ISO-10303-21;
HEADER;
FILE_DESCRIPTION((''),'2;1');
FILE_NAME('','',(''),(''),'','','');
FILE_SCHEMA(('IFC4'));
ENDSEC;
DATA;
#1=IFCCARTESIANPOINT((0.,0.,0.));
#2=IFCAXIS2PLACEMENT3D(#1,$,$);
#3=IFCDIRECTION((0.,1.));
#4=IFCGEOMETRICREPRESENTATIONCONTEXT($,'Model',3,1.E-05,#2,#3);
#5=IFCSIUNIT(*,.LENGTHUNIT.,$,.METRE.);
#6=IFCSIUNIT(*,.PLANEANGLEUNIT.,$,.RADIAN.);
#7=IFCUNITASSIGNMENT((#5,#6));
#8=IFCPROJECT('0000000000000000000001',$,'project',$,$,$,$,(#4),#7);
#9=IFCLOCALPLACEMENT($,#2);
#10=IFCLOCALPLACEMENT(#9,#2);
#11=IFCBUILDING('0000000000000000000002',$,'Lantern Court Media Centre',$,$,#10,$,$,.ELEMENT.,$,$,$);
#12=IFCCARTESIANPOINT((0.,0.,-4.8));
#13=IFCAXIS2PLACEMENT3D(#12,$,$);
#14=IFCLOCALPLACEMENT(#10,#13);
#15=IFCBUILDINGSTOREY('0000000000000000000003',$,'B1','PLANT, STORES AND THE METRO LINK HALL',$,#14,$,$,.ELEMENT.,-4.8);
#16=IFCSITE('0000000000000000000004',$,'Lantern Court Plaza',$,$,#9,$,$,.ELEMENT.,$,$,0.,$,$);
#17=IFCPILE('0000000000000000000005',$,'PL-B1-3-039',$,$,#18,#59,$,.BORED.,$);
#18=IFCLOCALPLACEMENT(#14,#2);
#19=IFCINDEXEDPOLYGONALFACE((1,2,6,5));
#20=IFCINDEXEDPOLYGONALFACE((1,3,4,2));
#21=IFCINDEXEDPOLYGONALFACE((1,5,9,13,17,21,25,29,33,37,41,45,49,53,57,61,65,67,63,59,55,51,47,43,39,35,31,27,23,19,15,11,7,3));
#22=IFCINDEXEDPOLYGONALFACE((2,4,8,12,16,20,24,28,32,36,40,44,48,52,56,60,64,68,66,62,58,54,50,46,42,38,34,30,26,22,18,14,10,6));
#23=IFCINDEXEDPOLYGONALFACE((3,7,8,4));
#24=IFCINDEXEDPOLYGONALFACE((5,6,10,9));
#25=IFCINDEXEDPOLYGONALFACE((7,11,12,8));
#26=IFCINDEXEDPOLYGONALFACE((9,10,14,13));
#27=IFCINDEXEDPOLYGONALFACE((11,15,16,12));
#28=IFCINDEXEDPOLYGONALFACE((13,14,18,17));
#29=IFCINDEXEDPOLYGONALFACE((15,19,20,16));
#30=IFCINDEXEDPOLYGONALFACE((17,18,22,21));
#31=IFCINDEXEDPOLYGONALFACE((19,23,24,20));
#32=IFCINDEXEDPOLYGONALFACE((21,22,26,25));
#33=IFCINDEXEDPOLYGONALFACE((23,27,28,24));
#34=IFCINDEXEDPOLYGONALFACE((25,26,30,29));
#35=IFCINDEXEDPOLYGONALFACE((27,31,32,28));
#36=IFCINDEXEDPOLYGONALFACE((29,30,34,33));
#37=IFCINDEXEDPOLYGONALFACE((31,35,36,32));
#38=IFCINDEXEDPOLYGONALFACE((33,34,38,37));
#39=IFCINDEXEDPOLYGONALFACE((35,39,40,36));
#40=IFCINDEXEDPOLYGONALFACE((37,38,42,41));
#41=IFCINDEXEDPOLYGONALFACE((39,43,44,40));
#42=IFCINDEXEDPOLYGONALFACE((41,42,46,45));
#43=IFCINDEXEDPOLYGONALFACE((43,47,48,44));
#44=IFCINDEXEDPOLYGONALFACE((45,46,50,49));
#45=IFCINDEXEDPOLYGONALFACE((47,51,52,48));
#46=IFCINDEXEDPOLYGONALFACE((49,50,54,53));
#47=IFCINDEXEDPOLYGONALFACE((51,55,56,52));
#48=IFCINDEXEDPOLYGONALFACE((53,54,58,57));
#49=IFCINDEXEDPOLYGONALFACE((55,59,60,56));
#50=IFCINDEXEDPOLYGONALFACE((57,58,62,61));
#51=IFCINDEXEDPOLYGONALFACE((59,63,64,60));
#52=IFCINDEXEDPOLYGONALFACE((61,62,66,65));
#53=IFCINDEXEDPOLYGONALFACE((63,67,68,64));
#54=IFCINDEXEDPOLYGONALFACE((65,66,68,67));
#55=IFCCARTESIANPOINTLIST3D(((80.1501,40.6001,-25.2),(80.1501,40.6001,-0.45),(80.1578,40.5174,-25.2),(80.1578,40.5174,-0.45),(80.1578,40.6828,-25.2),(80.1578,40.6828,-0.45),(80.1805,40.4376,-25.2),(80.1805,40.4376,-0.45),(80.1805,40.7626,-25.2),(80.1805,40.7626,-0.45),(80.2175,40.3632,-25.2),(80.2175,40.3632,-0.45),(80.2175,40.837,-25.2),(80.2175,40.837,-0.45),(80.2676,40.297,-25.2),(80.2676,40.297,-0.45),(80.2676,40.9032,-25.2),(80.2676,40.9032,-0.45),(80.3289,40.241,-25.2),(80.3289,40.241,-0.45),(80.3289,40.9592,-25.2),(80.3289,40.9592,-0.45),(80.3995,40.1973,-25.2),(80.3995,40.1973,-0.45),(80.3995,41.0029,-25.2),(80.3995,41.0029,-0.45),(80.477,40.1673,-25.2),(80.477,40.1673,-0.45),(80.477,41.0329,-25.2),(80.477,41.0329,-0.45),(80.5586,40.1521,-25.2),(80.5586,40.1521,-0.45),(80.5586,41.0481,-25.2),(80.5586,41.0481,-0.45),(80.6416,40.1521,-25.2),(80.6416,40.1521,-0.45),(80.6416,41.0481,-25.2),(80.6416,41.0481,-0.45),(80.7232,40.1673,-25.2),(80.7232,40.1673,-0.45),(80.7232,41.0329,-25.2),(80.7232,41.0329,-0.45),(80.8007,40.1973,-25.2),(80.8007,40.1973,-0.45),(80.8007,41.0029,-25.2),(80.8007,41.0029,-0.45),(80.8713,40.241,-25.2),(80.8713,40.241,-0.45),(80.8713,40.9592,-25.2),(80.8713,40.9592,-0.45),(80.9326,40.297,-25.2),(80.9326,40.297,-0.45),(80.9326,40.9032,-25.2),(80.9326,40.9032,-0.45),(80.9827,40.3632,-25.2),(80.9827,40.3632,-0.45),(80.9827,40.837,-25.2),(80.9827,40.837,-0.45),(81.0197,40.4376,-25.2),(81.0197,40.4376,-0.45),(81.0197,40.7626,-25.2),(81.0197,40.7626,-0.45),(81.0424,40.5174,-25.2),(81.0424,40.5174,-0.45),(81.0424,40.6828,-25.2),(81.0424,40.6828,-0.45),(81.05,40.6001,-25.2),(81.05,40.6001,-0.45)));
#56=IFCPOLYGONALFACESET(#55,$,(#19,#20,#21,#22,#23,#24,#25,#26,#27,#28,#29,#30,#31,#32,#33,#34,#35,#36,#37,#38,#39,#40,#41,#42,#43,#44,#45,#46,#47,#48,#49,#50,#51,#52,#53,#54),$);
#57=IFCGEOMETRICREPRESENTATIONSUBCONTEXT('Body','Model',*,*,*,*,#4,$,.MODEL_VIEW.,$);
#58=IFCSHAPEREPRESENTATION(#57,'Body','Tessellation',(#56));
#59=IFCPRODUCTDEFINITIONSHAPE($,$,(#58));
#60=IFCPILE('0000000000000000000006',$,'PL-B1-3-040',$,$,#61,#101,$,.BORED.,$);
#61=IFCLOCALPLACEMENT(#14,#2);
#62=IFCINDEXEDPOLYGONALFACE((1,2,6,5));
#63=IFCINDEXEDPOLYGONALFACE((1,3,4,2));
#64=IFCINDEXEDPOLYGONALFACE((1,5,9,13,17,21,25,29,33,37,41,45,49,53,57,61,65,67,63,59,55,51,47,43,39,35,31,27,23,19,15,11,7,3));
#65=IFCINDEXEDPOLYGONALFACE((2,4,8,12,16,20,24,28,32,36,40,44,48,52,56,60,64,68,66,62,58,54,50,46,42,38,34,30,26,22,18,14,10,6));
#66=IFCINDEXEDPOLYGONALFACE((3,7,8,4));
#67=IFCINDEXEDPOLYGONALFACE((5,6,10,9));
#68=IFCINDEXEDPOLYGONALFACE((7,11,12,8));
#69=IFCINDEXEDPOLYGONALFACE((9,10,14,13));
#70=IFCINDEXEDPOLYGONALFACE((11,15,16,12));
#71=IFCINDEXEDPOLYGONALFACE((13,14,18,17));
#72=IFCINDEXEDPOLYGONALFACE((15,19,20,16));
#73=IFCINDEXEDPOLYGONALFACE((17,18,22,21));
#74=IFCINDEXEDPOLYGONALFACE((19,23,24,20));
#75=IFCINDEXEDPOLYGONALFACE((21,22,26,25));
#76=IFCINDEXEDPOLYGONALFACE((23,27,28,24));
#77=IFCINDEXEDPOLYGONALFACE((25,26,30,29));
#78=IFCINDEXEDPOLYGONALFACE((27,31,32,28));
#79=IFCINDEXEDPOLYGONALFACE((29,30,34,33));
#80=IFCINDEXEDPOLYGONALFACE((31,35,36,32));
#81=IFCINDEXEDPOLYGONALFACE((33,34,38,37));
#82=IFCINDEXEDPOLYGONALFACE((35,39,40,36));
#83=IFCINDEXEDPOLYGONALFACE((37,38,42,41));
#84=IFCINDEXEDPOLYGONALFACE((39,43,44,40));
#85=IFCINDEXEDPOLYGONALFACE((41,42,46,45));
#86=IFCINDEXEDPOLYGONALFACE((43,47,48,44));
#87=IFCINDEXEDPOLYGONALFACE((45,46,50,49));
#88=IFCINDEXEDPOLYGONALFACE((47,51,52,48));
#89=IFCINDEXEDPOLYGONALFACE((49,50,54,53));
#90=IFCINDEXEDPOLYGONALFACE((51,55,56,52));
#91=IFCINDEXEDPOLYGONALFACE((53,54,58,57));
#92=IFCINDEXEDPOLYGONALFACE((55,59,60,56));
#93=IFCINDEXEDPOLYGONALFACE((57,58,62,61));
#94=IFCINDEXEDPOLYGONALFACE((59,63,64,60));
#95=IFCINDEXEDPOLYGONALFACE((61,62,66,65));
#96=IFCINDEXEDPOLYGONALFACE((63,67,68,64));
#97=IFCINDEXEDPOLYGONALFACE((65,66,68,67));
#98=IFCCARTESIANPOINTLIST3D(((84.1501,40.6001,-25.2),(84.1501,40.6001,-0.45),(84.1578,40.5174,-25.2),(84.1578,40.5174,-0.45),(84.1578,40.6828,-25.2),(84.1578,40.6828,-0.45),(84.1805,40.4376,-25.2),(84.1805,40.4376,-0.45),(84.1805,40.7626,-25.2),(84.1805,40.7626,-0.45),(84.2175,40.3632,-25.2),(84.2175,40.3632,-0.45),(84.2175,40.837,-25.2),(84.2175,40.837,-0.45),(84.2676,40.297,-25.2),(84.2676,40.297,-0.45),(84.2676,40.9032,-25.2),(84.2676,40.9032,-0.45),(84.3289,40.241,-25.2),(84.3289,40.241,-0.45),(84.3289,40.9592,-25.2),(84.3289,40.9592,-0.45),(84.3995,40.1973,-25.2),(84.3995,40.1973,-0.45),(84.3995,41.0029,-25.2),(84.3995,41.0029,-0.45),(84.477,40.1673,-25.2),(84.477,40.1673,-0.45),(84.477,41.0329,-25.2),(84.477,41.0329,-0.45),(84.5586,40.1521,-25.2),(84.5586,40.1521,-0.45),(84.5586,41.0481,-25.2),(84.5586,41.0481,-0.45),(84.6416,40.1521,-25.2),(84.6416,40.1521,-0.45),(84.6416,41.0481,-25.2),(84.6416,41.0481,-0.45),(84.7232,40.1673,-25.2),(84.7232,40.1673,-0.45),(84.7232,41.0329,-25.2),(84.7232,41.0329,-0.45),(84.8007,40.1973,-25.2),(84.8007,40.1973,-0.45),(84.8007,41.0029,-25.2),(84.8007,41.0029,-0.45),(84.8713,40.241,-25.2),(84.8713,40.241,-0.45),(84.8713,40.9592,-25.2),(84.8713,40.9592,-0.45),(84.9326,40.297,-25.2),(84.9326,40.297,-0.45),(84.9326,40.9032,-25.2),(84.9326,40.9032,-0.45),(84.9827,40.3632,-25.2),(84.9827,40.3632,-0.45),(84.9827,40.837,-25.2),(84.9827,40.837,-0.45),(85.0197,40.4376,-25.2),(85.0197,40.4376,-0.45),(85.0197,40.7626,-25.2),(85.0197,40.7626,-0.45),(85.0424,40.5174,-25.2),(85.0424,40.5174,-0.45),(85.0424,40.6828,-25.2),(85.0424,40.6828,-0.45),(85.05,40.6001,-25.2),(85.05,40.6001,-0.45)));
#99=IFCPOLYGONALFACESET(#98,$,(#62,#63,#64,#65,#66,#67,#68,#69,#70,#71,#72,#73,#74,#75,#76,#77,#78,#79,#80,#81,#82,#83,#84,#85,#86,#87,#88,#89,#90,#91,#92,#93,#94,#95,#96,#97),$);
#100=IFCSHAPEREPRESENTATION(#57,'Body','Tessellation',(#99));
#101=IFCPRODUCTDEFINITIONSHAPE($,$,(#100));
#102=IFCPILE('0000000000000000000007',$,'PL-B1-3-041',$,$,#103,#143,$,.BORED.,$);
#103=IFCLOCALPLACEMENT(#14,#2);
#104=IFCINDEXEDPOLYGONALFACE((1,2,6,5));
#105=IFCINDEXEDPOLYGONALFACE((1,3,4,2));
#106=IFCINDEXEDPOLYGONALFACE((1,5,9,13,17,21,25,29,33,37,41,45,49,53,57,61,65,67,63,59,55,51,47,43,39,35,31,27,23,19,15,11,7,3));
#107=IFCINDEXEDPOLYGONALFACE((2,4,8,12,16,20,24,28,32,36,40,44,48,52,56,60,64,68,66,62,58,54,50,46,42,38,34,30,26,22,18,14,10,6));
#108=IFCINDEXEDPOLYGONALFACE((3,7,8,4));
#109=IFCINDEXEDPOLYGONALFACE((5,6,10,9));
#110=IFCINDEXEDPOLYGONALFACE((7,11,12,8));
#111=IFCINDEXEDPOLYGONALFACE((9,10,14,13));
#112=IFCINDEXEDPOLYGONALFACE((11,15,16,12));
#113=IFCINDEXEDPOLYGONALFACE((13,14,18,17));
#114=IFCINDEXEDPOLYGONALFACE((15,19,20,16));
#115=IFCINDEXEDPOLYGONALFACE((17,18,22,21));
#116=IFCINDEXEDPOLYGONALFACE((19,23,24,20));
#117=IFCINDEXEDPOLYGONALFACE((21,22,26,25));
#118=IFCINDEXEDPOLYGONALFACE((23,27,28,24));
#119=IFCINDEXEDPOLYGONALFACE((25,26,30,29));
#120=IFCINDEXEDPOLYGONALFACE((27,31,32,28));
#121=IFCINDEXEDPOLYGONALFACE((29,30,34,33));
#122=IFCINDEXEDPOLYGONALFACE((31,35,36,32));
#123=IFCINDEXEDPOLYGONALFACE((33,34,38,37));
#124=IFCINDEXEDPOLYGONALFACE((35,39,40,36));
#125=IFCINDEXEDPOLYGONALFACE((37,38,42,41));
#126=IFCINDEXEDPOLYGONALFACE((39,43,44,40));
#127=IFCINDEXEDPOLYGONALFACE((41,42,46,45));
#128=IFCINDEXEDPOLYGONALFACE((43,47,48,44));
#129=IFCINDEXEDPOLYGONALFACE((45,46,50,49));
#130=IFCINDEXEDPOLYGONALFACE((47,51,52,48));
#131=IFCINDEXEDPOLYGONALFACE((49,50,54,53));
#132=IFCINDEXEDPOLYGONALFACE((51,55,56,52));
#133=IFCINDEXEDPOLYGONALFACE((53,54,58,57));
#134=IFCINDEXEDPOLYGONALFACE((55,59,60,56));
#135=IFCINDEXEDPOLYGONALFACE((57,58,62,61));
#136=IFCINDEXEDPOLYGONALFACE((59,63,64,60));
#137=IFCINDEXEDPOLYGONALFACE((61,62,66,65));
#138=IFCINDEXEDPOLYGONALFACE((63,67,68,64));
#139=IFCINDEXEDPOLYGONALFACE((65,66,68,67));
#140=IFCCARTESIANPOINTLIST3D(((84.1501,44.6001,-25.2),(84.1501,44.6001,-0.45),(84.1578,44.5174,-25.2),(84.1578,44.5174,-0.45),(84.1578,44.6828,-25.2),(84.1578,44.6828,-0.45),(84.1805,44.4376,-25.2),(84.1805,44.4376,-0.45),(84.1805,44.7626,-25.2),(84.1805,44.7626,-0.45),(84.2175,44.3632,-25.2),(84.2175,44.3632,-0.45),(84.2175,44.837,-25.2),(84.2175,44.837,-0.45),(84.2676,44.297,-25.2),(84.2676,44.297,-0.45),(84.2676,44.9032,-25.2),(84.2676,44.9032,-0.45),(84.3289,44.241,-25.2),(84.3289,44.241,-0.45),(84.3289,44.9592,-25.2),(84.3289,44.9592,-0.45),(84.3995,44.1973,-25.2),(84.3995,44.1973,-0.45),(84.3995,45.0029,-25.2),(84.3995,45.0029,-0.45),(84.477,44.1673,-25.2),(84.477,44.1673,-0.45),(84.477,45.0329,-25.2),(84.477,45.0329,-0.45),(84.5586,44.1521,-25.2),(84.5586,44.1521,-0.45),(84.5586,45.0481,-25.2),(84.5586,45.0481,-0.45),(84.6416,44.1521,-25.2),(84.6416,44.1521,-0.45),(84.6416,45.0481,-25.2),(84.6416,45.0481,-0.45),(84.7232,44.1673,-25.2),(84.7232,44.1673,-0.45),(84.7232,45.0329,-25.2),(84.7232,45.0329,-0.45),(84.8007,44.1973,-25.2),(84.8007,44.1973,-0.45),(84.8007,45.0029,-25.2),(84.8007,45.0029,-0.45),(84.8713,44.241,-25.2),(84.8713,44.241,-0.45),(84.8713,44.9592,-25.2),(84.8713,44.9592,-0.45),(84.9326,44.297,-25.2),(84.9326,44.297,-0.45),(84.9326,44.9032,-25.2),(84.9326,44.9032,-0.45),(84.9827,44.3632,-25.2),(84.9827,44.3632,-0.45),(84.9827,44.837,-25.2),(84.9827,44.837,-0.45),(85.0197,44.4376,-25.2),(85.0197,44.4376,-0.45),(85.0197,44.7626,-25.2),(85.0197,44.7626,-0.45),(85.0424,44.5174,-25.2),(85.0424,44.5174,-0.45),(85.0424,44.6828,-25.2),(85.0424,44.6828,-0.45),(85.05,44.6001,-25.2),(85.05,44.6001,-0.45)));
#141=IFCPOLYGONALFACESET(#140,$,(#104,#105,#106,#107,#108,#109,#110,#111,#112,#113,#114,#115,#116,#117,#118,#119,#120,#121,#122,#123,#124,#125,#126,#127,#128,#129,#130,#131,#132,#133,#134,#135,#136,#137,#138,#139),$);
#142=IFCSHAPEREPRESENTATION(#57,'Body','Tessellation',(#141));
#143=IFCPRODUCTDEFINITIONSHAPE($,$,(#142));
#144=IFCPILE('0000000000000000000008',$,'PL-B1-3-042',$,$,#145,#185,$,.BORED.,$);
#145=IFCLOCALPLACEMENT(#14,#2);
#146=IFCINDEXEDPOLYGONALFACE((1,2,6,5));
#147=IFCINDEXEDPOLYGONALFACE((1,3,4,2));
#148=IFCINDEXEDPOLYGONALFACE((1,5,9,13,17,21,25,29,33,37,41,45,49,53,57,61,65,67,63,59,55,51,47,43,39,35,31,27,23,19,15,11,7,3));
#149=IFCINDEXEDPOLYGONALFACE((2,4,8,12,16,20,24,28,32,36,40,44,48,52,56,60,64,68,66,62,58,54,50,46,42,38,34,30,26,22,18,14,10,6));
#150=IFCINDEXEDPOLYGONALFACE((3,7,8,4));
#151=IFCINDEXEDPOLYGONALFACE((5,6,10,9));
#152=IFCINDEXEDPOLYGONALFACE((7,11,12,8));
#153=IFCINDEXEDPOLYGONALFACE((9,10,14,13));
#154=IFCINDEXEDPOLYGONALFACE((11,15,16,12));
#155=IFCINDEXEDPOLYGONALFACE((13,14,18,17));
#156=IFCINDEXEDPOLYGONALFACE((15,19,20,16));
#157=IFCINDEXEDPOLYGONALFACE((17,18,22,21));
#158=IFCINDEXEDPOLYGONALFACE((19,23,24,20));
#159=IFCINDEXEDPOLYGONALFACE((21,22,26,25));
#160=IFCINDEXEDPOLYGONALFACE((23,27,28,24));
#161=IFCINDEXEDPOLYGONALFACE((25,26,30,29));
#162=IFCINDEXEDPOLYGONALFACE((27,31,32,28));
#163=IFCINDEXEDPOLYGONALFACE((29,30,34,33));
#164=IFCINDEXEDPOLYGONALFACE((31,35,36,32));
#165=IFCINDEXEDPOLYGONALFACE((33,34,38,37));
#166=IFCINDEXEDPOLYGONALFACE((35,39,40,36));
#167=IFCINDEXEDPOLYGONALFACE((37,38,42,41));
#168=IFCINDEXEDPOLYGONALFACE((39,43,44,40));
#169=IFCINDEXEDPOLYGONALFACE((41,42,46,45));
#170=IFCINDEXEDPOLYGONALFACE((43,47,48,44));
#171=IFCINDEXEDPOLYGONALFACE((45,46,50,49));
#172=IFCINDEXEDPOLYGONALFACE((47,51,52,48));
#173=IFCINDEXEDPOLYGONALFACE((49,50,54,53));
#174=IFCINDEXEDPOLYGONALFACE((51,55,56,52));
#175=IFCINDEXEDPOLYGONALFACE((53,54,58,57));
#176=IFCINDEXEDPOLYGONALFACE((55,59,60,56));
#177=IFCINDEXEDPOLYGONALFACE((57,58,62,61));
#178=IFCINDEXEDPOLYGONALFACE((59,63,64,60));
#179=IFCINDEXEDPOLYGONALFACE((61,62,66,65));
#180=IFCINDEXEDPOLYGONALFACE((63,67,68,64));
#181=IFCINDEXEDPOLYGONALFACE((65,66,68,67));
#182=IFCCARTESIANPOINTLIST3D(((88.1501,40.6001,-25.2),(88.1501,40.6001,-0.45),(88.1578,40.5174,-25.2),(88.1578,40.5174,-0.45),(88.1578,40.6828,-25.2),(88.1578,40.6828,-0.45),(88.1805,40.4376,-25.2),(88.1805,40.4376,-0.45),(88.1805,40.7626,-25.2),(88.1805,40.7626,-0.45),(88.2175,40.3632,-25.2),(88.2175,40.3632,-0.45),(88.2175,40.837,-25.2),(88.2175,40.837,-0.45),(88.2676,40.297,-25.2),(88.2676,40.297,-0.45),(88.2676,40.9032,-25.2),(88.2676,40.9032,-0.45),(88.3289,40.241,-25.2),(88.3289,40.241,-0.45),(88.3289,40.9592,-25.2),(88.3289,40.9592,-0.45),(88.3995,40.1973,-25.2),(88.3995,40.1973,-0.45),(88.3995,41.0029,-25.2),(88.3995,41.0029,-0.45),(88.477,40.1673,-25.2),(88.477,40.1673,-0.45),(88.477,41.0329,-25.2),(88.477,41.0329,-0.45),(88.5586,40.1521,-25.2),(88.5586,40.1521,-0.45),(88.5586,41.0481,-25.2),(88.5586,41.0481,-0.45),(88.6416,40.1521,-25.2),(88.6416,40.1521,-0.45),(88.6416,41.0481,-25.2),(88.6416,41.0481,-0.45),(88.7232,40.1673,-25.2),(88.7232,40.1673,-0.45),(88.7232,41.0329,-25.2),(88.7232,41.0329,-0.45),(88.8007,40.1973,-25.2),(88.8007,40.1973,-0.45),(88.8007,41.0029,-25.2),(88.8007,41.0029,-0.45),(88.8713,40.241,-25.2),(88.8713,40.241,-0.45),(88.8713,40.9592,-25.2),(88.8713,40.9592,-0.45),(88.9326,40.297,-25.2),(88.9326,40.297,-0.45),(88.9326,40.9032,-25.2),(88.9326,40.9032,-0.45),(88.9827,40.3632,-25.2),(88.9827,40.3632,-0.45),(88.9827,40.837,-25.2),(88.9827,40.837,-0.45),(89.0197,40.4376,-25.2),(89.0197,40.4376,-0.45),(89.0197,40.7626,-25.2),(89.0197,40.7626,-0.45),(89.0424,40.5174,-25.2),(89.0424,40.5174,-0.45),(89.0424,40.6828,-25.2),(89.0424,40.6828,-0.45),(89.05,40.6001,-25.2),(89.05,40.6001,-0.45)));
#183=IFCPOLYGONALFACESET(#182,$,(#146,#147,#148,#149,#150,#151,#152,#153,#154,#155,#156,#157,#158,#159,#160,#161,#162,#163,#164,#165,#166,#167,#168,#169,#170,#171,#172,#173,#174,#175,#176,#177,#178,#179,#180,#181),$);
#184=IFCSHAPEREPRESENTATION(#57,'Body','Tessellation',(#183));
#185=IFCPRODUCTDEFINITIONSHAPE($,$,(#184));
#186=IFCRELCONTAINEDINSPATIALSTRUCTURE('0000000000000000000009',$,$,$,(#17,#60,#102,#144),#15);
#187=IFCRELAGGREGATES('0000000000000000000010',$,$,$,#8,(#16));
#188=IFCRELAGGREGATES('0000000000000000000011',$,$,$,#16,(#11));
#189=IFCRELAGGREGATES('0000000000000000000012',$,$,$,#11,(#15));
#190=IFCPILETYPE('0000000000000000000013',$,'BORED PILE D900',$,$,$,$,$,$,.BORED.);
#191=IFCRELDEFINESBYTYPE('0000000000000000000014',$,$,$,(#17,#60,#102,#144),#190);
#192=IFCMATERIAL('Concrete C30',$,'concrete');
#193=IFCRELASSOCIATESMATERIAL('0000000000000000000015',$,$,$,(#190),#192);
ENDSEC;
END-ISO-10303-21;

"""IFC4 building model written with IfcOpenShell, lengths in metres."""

from ifc_helpers import new_model, si_unit, direction, frame, origin, origin_2d, place, context, subcontext, project, spatial, circle, extrude, material, material_profile, profile_set, type_object, element, save


model = new_model("IFC4")

# Units and contexts
model_context = context("Model", 3, precision=1e-05, world=origin(), true_north=direction((0.0, 1.0)))
body_context = subcontext(model_context, "Body", "Model", "MODEL_VIEW")
ifc_project = project(units=[si_unit("LENGTHUNIT", "METRE"), si_unit("PLANEANGLEUNIT", "RADIAN")], contexts=[model_context])

# Site, building, storey
site_placement = place(None, origin())
site = spatial("IfcSite", under=ifc_project, at=site_placement, Name="Lantern Court Plaza", CompositionType="ELEMENT", RefElevation=0.0)
building_placement = place(site_placement, origin())
building = spatial("IfcBuilding", under=site, at=building_placement, Name="Lantern Court Media Centre", CompositionType="ELEMENT")
storey_placement = place(building_placement, frame((0.0, 0.0, -4.8)))
storey = spatial("IfcBuildingStorey", under=building, at=storey_placement, Name="B1", Description="PLANT, STORES AND THE METRO LINK HALL", CompositionType="ELEMENT", Elevation=-4.8)

# Piles
ifc_material_1 = material(Name="Concrete C30", Category="concrete")
ifc_material_profile_1 = material_profile(ifc_material_1, circle(Radius=0.45, at=origin_2d()), Name="D900")
ifc_profile_set_1 = profile_set([ifc_material_profile_1], Name="Concrete C30")
pile_type = type_object("IfcPileType", Name="BORED PILE D900", PredefinedType="BORED", material=ifc_profile_set_1)
for number, where, z_axis, x_axis, name in (
    (1, (80.6001, 40.6001, -0.45), (0.0, 0.0, -1.0), (1.0, 0.0, 0.0), "PL-B1-3-039"),
    (2, (84.6001, 40.6001, -0.45), (0.0, 0.0, -1.0), (1.0, 0.0, 0.0), "PL-B1-3-040"),
    (3, (84.6001, 44.6001, -0.45), (0.0, 0.0, -1.0), (1.0, 0.0, 0.0), "PL-B1-3-041"),
    (4, (88.6001, 40.6001, -0.45), (0.0, 0.0, -1.0), (1.0, 0.0, 0.0), "PL-B1-3-042"),
):
    element("IfcPile", number, at=place(storey_placement, frame(where, z_axis=z_axis, x_axis=x_axis)), inside=storey, type_object=pile_type, Name=name, PredefinedType="BORED", context=body_context, shape_type="SweptSolid", body=[
        extrude(circle(Radius=0.45, at=origin_2d()), origin(), (0.0, 0.0, 1.0), 24.75),
    ])

save(model, "model.ifc")
